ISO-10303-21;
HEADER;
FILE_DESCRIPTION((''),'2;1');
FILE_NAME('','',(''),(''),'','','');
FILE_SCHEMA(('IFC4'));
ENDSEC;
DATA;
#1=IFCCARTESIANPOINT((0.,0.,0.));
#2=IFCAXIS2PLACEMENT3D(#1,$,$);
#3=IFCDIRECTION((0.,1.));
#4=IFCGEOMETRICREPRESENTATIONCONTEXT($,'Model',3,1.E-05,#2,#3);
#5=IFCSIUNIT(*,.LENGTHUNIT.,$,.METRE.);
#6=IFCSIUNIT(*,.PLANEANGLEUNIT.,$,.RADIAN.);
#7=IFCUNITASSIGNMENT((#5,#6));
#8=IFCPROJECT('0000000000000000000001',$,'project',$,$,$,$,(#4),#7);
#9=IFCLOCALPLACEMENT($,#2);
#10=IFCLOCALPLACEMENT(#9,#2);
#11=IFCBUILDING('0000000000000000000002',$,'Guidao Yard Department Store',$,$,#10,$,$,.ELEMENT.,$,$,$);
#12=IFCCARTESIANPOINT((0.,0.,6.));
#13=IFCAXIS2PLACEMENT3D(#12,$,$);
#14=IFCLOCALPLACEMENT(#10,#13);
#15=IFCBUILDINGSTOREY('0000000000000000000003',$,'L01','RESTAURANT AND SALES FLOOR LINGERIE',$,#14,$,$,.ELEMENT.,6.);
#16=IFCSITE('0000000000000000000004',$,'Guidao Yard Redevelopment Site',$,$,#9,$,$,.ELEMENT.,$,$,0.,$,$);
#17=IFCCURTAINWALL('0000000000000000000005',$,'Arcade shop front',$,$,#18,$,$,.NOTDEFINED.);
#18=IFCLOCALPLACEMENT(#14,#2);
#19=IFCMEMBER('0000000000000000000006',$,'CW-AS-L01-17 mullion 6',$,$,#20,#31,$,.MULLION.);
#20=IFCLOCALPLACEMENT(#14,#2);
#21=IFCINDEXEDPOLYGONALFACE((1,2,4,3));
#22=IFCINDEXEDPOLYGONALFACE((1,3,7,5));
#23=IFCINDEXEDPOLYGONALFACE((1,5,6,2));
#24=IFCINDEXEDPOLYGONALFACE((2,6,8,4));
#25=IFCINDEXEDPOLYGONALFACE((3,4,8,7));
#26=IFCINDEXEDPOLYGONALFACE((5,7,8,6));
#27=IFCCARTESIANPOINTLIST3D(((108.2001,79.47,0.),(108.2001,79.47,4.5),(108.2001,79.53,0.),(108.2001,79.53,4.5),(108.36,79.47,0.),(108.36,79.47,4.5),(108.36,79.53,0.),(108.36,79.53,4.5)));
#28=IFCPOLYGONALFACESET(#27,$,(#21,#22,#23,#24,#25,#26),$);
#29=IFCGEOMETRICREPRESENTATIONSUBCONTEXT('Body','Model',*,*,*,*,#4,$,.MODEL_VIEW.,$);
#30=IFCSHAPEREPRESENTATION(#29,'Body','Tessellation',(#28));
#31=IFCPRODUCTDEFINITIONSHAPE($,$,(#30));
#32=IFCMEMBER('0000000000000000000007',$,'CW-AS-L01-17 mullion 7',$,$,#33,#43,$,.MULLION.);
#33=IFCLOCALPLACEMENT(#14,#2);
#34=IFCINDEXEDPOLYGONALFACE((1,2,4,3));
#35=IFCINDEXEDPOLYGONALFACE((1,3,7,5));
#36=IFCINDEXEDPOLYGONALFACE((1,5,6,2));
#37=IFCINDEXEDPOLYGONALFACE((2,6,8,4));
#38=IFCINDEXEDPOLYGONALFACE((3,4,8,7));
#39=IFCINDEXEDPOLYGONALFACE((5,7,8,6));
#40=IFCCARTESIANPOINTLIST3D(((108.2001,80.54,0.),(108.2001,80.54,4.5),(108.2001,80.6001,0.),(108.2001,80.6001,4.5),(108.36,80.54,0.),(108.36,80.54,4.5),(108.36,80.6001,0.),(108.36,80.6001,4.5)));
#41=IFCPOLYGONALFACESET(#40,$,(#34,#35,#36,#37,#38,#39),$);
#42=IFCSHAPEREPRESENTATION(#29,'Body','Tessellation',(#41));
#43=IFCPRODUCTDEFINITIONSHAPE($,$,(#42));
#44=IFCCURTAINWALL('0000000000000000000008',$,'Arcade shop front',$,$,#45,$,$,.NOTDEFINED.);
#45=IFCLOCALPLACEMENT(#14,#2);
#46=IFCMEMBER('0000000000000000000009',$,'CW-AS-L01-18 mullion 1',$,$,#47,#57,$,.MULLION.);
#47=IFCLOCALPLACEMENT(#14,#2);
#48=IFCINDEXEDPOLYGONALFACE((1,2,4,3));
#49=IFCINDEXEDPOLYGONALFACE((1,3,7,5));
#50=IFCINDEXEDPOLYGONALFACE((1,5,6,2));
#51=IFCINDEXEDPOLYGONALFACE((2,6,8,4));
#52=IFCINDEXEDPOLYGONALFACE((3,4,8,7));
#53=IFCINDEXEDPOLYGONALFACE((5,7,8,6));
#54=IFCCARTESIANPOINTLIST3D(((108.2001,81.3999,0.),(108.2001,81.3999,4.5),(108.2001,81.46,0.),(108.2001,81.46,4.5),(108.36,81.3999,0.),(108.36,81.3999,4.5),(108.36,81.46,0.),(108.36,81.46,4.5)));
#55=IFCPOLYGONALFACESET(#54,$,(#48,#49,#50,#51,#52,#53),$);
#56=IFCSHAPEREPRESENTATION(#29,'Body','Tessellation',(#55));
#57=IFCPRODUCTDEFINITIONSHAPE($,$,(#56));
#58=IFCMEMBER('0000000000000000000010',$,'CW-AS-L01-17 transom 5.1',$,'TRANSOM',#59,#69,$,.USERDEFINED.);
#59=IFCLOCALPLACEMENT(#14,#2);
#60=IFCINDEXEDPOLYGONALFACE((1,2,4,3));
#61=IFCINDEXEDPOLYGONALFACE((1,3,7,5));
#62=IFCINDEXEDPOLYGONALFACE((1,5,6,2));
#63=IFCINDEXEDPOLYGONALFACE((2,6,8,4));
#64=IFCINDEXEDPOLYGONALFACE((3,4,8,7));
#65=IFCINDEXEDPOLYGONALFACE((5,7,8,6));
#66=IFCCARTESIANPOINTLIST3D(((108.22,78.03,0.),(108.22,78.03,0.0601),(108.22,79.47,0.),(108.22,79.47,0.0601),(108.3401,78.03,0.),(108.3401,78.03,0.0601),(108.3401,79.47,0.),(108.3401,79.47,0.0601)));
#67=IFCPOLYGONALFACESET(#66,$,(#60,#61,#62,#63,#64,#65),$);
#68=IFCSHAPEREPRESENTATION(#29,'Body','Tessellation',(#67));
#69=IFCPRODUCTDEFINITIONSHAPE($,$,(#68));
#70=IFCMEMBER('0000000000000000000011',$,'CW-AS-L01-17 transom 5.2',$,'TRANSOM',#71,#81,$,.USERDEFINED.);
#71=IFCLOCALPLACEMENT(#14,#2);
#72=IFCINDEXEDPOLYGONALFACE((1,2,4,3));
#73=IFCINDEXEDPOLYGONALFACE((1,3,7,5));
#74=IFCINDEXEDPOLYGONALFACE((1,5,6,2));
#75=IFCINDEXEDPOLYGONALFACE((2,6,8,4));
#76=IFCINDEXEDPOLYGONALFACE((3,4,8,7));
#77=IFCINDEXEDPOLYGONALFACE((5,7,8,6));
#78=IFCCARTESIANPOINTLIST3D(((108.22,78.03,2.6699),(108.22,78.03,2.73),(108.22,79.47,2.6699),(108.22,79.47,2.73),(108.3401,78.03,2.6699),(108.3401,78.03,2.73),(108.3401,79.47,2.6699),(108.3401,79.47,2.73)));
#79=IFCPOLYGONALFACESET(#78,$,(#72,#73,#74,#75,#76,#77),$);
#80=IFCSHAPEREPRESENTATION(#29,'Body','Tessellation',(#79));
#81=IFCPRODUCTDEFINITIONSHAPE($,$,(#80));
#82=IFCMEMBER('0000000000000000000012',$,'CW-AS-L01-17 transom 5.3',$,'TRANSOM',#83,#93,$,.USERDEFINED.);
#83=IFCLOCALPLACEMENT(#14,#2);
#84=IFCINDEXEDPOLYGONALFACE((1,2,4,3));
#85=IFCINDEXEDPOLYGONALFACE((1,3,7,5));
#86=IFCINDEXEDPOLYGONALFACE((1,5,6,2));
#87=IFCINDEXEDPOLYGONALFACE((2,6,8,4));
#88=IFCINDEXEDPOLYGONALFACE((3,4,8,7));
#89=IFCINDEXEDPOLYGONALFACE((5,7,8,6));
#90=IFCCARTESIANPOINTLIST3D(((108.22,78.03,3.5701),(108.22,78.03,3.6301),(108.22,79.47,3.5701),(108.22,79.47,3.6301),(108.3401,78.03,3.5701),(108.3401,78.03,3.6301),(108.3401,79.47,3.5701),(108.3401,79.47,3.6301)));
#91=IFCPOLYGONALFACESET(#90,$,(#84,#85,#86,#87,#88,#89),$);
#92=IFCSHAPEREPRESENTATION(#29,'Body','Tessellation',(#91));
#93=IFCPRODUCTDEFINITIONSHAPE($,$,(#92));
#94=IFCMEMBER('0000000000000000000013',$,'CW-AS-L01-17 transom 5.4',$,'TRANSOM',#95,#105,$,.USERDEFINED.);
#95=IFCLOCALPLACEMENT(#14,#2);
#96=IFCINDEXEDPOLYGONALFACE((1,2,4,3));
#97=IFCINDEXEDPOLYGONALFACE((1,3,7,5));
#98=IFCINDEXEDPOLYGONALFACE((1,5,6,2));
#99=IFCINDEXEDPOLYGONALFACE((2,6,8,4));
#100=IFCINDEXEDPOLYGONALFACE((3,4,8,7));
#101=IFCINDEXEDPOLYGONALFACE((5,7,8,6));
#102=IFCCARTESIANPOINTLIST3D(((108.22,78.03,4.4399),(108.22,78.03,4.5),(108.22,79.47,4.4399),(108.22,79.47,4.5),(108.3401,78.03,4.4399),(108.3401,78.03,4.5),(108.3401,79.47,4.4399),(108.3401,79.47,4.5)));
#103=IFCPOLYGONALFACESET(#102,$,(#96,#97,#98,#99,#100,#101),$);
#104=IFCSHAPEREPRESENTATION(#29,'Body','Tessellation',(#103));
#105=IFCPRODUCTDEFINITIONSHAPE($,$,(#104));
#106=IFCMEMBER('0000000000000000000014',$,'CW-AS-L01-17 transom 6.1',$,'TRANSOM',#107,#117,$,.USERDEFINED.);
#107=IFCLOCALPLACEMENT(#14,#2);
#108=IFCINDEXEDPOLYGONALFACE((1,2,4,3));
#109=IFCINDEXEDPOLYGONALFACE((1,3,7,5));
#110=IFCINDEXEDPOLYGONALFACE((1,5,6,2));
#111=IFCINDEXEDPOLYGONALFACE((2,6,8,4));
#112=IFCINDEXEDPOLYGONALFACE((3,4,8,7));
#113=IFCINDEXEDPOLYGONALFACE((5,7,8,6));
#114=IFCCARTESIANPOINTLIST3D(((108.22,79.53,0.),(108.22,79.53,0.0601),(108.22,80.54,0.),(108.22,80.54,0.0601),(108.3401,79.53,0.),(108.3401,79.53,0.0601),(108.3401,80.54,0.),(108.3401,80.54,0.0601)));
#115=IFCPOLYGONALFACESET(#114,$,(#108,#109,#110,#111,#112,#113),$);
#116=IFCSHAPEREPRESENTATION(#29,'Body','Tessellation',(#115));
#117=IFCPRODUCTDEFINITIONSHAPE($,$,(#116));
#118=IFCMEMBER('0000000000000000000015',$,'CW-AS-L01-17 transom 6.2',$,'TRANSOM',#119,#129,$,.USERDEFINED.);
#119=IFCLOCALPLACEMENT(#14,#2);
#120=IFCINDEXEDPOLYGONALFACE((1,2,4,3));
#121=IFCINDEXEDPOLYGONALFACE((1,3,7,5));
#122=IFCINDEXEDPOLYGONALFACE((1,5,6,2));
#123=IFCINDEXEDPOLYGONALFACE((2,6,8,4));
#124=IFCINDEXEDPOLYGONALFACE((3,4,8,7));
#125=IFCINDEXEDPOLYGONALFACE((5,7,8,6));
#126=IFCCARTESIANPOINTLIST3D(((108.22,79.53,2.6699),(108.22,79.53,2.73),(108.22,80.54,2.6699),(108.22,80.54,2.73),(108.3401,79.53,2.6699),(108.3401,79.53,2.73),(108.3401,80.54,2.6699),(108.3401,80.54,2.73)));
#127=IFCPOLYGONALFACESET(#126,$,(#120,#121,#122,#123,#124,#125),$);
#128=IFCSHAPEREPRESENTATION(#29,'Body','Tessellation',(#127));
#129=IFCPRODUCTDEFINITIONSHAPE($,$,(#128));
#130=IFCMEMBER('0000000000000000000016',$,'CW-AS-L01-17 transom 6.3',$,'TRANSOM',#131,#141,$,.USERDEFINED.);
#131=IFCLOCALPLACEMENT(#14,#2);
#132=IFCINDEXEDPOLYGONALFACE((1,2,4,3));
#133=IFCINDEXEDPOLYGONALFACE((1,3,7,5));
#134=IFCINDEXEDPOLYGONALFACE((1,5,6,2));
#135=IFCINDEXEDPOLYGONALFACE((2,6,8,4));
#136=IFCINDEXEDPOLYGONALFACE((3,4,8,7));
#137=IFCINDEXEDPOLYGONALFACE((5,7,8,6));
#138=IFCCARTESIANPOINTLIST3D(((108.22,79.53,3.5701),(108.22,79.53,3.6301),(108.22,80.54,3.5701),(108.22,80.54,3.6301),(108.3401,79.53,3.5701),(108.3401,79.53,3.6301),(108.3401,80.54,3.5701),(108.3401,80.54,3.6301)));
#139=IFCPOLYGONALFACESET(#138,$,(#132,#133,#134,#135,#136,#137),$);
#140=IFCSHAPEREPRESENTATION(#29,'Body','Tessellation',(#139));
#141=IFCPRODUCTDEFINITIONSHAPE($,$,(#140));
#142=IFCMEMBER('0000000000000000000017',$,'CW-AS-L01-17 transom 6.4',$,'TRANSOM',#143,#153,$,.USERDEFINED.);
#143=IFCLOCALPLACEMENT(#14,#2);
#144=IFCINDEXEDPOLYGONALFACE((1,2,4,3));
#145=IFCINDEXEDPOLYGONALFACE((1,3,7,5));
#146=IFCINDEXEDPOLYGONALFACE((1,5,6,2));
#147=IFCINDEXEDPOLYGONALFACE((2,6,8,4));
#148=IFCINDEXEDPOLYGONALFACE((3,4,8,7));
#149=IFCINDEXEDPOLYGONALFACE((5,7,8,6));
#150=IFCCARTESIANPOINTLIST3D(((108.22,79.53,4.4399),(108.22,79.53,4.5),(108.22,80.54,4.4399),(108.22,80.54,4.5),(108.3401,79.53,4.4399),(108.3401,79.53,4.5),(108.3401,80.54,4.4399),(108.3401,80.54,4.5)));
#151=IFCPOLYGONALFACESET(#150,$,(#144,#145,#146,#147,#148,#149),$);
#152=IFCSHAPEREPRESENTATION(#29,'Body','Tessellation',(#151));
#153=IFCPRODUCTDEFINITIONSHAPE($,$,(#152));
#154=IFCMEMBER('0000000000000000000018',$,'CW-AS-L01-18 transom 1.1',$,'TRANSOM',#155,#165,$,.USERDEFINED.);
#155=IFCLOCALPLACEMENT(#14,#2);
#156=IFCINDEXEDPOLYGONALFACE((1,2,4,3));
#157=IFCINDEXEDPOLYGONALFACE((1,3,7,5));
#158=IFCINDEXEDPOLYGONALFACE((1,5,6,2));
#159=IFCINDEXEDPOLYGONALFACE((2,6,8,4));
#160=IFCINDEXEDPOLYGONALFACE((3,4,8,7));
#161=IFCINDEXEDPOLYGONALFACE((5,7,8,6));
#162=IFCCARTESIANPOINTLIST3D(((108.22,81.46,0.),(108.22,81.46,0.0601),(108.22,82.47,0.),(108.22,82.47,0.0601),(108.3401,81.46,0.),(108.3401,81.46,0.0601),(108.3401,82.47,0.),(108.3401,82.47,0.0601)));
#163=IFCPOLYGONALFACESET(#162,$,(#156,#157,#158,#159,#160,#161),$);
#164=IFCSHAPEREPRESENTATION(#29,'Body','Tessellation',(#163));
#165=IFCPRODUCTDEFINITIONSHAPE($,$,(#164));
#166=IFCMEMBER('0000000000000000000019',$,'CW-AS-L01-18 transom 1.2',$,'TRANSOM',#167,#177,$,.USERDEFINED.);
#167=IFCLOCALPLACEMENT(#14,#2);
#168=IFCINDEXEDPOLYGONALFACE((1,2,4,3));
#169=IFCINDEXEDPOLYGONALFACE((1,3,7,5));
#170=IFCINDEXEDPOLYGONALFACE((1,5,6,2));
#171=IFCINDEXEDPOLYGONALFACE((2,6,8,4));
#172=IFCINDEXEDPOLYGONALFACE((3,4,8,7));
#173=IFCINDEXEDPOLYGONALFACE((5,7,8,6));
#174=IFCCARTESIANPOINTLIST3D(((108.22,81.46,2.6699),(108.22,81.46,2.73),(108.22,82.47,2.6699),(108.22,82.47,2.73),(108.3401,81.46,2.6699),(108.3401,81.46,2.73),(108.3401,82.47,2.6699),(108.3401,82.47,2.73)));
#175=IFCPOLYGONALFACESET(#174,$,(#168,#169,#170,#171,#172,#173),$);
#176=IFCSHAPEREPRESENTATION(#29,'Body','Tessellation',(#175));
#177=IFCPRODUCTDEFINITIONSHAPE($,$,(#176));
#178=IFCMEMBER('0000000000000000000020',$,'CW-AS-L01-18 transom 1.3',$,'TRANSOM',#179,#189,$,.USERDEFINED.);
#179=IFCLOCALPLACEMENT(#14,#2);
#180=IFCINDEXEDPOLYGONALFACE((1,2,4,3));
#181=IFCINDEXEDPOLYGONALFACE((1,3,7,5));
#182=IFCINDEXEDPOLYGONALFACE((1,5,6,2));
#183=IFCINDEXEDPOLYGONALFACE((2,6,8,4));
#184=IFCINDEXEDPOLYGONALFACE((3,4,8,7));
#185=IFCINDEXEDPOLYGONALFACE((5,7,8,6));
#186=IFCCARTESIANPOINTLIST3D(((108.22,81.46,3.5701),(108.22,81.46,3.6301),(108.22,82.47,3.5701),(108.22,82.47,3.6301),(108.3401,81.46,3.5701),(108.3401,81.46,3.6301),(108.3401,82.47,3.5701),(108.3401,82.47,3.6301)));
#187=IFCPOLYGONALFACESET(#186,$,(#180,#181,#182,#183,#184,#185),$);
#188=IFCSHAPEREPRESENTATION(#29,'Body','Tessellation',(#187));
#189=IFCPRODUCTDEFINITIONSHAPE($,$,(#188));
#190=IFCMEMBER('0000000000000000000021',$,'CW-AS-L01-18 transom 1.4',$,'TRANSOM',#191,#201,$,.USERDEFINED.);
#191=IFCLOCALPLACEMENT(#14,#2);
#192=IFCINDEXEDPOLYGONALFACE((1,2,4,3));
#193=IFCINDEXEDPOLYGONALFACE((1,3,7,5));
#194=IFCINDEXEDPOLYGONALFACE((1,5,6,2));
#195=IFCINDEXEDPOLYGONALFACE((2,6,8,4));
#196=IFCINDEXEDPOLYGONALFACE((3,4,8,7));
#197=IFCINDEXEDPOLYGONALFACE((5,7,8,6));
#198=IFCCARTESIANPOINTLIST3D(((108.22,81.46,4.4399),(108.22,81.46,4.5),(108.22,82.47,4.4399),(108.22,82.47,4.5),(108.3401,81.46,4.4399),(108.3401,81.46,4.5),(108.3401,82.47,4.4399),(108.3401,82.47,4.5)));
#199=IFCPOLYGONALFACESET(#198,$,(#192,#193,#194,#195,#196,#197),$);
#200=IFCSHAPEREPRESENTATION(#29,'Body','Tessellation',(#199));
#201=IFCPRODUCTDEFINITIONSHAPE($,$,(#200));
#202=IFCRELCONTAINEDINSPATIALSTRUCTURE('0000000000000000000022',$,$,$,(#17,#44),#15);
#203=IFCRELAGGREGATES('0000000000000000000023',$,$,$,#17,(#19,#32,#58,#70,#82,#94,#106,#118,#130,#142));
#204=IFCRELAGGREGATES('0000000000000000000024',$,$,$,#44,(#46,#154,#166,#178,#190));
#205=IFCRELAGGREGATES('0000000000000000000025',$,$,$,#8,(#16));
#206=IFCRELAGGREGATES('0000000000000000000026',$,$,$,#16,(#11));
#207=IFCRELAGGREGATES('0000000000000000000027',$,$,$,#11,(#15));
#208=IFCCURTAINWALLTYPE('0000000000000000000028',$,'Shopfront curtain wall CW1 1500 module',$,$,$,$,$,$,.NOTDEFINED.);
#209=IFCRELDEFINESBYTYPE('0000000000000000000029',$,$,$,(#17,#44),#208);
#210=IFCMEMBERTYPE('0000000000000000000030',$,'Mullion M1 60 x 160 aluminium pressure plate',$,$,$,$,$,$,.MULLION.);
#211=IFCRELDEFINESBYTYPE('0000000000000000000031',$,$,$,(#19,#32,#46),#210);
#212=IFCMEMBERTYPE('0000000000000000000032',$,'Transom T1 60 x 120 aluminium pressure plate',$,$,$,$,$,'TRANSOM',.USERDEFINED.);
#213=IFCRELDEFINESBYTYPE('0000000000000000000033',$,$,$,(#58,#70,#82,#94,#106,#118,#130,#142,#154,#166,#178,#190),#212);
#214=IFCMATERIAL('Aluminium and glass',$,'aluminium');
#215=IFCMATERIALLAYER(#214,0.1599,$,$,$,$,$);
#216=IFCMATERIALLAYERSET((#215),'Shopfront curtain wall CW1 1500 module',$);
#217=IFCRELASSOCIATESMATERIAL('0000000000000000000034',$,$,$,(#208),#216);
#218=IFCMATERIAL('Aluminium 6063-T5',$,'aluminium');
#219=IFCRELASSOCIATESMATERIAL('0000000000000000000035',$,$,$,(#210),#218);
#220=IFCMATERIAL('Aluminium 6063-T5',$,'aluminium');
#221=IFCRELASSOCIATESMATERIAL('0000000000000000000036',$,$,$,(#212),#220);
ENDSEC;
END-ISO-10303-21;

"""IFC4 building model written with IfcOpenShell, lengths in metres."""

from ifc_helpers import new_model, si_unit, direction, frame, origin, origin_2d, place, context, subcontext, project, spatial, rectangle, extrude, material, layer, layer_set, material_profile, profile_set, type_object, element, aggregate, save


model = new_model("IFC4")

# Units and contexts
model_context = context("Model", 3, precision=1e-05, world=origin(), true_north=direction((0.0, 1.0)))
body_context = subcontext(model_context, "Body", "Model", "MODEL_VIEW")
ifc_project = project(units=[si_unit("LENGTHUNIT", "METRE"), si_unit("PLANEANGLEUNIT", "RADIAN")], contexts=[model_context])

# Site, building, storey
site_placement = place(None, origin())
site = spatial("IfcSite", under=ifc_project, at=site_placement, Name="Guidao Yard Redevelopment Site", CompositionType="ELEMENT", RefElevation=0.0)
building_placement = place(site_placement, origin())
building = spatial("IfcBuilding", under=site, at=building_placement, Name="Guidao Yard Department Store", CompositionType="ELEMENT")
storey_placement = place(building_placement, frame((0.0, 0.0, 6.0)))
storey = spatial("IfcBuildingStorey", under=building, at=storey_placement, Name="L01", Description="RESTAURANT AND SALES FLOOR LINGERIE", CompositionType="ELEMENT", Elevation=6.0)

# Curtain wall, members
ifc_material_1 = material(Name="Aluminium and glass", Category="aluminium")
ifc_layer_1 = layer(ifc_material_1, 0.1599)
ifc_layer_set_1 = layer_set([ifc_layer_1], Name="Shopfront curtain wall CW1 1500 module")
curtain_wall_type = type_object("IfcCurtainWallType", Name="Shopfront curtain wall CW1 1500 module", PredefinedType="NOTDEFINED", material=ifc_layer_set_1)
curtain_wall_1_placement = place(storey_placement, origin())
curtain_wall_1 = element("IfcCurtainWall", 1, at=curtain_wall_1_placement, inside=storey, type_object=curtain_wall_type, Name="Arcade shop front", PredefinedType="NOTDEFINED")
ifc_material_2 = material(Name="Aluminium 6063-T5", Category="aluminium")
ifc_material_profile_1 = material_profile(ifc_material_2, rectangle(XDim=0.0601, YDim=0.1599, at=origin_2d()), Name="Mullion M1 60 x 160 aluminium pressure plate")
ifc_profile_set_1 = profile_set([ifc_material_profile_1], Name="Aluminium 6063-T5")
member_type_1 = type_object("IfcMemberType", Name="Mullion M1 60 x 160 aluminium pressure plate", PredefinedType="MULLION", material=ifc_profile_set_1)
member_1_placement = place(storey_placement, frame((108.28, 79.5, 0.0), z_axis=(0.0, 0.0, 1.0), x_axis=(0.0, -1.0, 0.0)))
member_1 = element("IfcMember", 2, at=member_1_placement, type_object=member_type_1, Name="CW-AS-L01-17 mullion 6", PredefinedType="MULLION", context=body_context, shape_type="SweptSolid", body=[
    extrude(rectangle(XDim=0.0601, YDim=0.1599, at=origin_2d()), origin(), (0.0, 0.0, 1.0), 4.5),
])
member_2_placement = place(storey_placement, frame((108.28, 80.5701, 0.0), z_axis=(0.0, 0.0, 1.0), x_axis=(0.0, -1.0, 0.0)))
member_2 = element("IfcMember", 3, at=member_2_placement, type_object=member_type_1, Name="CW-AS-L01-17 mullion 7", PredefinedType="MULLION", context=body_context, shape_type="SweptSolid", body=[
    extrude(rectangle(XDim=0.0601, YDim=0.1599, at=origin_2d()), origin(), (0.0, 0.0, 1.0), 4.5),
])

# Curtain wall, member
curtain_wall_2_placement = place(storey_placement, origin())
curtain_wall_2 = element("IfcCurtainWall", 4, at=curtain_wall_2_placement, inside=storey, type_object=curtain_wall_type, Name="Arcade shop front", PredefinedType="NOTDEFINED")
member_3_placement = place(storey_placement, frame((108.28, 81.4299, 0.0), z_axis=(0.0, 0.0, 1.0), x_axis=(0.0, -1.0, 0.0)))
member_3 = element("IfcMember", 5, at=member_3_placement, type_object=member_type_1, Name="CW-AS-L01-18 mullion 1", PredefinedType="MULLION", context=body_context, shape_type="SweptSolid", body=[
    extrude(rectangle(XDim=0.0601, YDim=0.1599, at=origin_2d()), origin(), (0.0, 0.0, 1.0), 4.5),
])

# Members
ifc_material_3 = material(Name="Aluminium 6063-T5", Category="aluminium")
ifc_material_profile_2 = material_profile(ifc_material_3, rectangle(XDim=0.1201, YDim=0.0601, at=origin_2d()), Name="Transom T1 60 x 120 aluminium pressure plate")
ifc_profile_set_2 = profile_set([ifc_material_profile_2], Name="Aluminium 6063-T5")
member_type_2 = type_object("IfcMemberType", Name="Transom T1 60 x 120 aluminium pressure plate", ElementType="TRANSOM", PredefinedType="USERDEFINED", material=ifc_profile_set_2)
member_4_placement = place(storey_placement, frame((108.28, 79.47, 0.03), z_axis=(0.0, -1.0, 0.0), x_axis=(1.0, 0.0, 0.0)))
member_4 = element("IfcMember", 6, at=member_4_placement, type_object=member_type_2, Name="CW-AS-L01-17 transom 5.1", ObjectType="TRANSOM", PredefinedType="USERDEFINED", context=body_context, shape_type="SweptSolid", body=[
    extrude(rectangle(XDim=0.1201, YDim=0.0601, at=origin_2d()), origin(), (0.0, 0.0, 1.0), 1.4399),
])
member_5_placement = place(storey_placement, frame((108.28, 79.47, 2.7), z_axis=(0.0, -1.0, 0.0), x_axis=(1.0, 0.0, 0.0)))
member_5 = element("IfcMember", 7, at=member_5_placement, type_object=member_type_2, Name="CW-AS-L01-17 transom 5.2", ObjectType="TRANSOM", PredefinedType="USERDEFINED", context=body_context, shape_type="SweptSolid", body=[
    extrude(rectangle(XDim=0.1201, YDim=0.0601, at=origin_2d()), origin(), (0.0, 0.0, 1.0), 1.4399),
])
member_6_placement = place(storey_placement, frame((108.28, 79.47, 3.6001), z_axis=(0.0, -1.0, 0.0), x_axis=(1.0, 0.0, 0.0)))
member_6 = element("IfcMember", 8, at=member_6_placement, type_object=member_type_2, Name="CW-AS-L01-17 transom 5.3", ObjectType="TRANSOM", PredefinedType="USERDEFINED", context=body_context, shape_type="SweptSolid", body=[
    extrude(rectangle(XDim=0.1201, YDim=0.0601, at=origin_2d()), origin(), (0.0, 0.0, 1.0), 1.4399),
])
member_7_placement = place(storey_placement, frame((108.28, 79.47, 4.47), z_axis=(0.0, -1.0, 0.0), x_axis=(1.0, 0.0, 0.0)))
member_7 = element("IfcMember", 9, at=member_7_placement, type_object=member_type_2, Name="CW-AS-L01-17 transom 5.4", ObjectType="TRANSOM", PredefinedType="USERDEFINED", context=body_context, shape_type="SweptSolid", body=[
    extrude(rectangle(XDim=0.1201, YDim=0.0601, at=origin_2d()), origin(), (0.0, 0.0, 1.0), 1.4399),
])
member_8_placement = place(storey_placement, frame((108.28, 80.54, 0.03), z_axis=(0.0, -1.0, 0.0), x_axis=(1.0, 0.0, 0.0)))
member_8 = element("IfcMember", 10, at=member_8_placement, type_object=member_type_2, Name="CW-AS-L01-17 transom 6.1", ObjectType="TRANSOM", PredefinedType="USERDEFINED", context=body_context, shape_type="SweptSolid", body=[
    extrude(rectangle(XDim=0.1201, YDim=0.0601, at=origin_2d()), origin(), (0.0, 0.0, 1.0), 1.01),
])
member_9_placement = place(storey_placement, frame((108.28, 80.54, 2.7), z_axis=(0.0, -1.0, 0.0), x_axis=(1.0, 0.0, 0.0)))
member_9 = element("IfcMember", 11, at=member_9_placement, type_object=member_type_2, Name="CW-AS-L01-17 transom 6.2", ObjectType="TRANSOM", PredefinedType="USERDEFINED", context=body_context, shape_type="SweptSolid", body=[
    extrude(rectangle(XDim=0.1201, YDim=0.0601, at=origin_2d()), origin(), (0.0, 0.0, 1.0), 1.01),
])
member_10_placement = place(storey_placement, frame((108.28, 80.54, 3.6001), z_axis=(0.0, -1.0, 0.0), x_axis=(1.0, 0.0, 0.0)))
member_10 = element("IfcMember", 12, at=member_10_placement, type_object=member_type_2, Name="CW-AS-L01-17 transom 6.3", ObjectType="TRANSOM", PredefinedType="USERDEFINED", context=body_context, shape_type="SweptSolid", body=[
    extrude(rectangle(XDim=0.1201, YDim=0.0601, at=origin_2d()), origin(), (0.0, 0.0, 1.0), 1.01),
])
member_11_placement = place(storey_placement, frame((108.28, 80.54, 4.47), z_axis=(0.0, -1.0, 0.0), x_axis=(1.0, 0.0, 0.0)))
member_11 = element("IfcMember", 13, at=member_11_placement, type_object=member_type_2, Name="CW-AS-L01-17 transom 6.4", ObjectType="TRANSOM", PredefinedType="USERDEFINED", context=body_context, shape_type="SweptSolid", body=[
    extrude(rectangle(XDim=0.1201, YDim=0.0601, at=origin_2d()), origin(), (0.0, 0.0, 1.0), 1.01),
])
member_12_placement = place(storey_placement, frame((108.28, 82.47, 0.03), z_axis=(0.0, -1.0, 0.0), x_axis=(1.0, 0.0, 0.0)))
member_12 = element("IfcMember", 14, at=member_12_placement, type_object=member_type_2, Name="CW-AS-L01-18 transom 1.1", ObjectType="TRANSOM", PredefinedType="USERDEFINED", context=body_context, shape_type="SweptSolid", body=[
    extrude(rectangle(XDim=0.1201, YDim=0.0601, at=origin_2d()), origin(), (0.0, 0.0, 1.0), 1.01),
])
member_13_placement = place(storey_placement, frame((108.28, 82.47, 2.7), z_axis=(0.0, -1.0, 0.0), x_axis=(1.0, 0.0, 0.0)))
member_13 = element("IfcMember", 15, at=member_13_placement, type_object=member_type_2, Name="CW-AS-L01-18 transom 1.2", ObjectType="TRANSOM", PredefinedType="USERDEFINED", context=body_context, shape_type="SweptSolid", body=[
    extrude(rectangle(XDim=0.1201, YDim=0.0601, at=origin_2d()), origin(), (0.0, 0.0, 1.0), 1.01),
])
member_14_placement = place(storey_placement, frame((108.28, 82.47, 3.6001), z_axis=(0.0, -1.0, 0.0), x_axis=(1.0, 0.0, 0.0)))
member_14 = element("IfcMember", 16, at=member_14_placement, type_object=member_type_2, Name="CW-AS-L01-18 transom 1.3", ObjectType="TRANSOM", PredefinedType="USERDEFINED", context=body_context, shape_type="SweptSolid", body=[
    extrude(rectangle(XDim=0.1201, YDim=0.0601, at=origin_2d()), origin(), (0.0, 0.0, 1.0), 1.01),
])
member_15_placement = place(storey_placement, frame((108.28, 82.47, 4.47), z_axis=(0.0, -1.0, 0.0), x_axis=(1.0, 0.0, 0.0)))
member_15 = element("IfcMember", 17, at=member_15_placement, type_object=member_type_2, Name="CW-AS-L01-18 transom 1.4", ObjectType="TRANSOM", PredefinedType="USERDEFINED", context=body_context, shape_type="SweptSolid", body=[
    extrude(rectangle(XDim=0.1201, YDim=0.0601, at=origin_2d()), origin(), (0.0, 0.0, 1.0), 1.01),
])

aggregate(curtain_wall_1, [member_1, member_2, member_4, member_5, member_6, member_7, member_8, member_9, member_10, member_11])
aggregate(curtain_wall_2, [member_3, member_12, member_13, member_14, member_15])

save(model, "model.ifc")
